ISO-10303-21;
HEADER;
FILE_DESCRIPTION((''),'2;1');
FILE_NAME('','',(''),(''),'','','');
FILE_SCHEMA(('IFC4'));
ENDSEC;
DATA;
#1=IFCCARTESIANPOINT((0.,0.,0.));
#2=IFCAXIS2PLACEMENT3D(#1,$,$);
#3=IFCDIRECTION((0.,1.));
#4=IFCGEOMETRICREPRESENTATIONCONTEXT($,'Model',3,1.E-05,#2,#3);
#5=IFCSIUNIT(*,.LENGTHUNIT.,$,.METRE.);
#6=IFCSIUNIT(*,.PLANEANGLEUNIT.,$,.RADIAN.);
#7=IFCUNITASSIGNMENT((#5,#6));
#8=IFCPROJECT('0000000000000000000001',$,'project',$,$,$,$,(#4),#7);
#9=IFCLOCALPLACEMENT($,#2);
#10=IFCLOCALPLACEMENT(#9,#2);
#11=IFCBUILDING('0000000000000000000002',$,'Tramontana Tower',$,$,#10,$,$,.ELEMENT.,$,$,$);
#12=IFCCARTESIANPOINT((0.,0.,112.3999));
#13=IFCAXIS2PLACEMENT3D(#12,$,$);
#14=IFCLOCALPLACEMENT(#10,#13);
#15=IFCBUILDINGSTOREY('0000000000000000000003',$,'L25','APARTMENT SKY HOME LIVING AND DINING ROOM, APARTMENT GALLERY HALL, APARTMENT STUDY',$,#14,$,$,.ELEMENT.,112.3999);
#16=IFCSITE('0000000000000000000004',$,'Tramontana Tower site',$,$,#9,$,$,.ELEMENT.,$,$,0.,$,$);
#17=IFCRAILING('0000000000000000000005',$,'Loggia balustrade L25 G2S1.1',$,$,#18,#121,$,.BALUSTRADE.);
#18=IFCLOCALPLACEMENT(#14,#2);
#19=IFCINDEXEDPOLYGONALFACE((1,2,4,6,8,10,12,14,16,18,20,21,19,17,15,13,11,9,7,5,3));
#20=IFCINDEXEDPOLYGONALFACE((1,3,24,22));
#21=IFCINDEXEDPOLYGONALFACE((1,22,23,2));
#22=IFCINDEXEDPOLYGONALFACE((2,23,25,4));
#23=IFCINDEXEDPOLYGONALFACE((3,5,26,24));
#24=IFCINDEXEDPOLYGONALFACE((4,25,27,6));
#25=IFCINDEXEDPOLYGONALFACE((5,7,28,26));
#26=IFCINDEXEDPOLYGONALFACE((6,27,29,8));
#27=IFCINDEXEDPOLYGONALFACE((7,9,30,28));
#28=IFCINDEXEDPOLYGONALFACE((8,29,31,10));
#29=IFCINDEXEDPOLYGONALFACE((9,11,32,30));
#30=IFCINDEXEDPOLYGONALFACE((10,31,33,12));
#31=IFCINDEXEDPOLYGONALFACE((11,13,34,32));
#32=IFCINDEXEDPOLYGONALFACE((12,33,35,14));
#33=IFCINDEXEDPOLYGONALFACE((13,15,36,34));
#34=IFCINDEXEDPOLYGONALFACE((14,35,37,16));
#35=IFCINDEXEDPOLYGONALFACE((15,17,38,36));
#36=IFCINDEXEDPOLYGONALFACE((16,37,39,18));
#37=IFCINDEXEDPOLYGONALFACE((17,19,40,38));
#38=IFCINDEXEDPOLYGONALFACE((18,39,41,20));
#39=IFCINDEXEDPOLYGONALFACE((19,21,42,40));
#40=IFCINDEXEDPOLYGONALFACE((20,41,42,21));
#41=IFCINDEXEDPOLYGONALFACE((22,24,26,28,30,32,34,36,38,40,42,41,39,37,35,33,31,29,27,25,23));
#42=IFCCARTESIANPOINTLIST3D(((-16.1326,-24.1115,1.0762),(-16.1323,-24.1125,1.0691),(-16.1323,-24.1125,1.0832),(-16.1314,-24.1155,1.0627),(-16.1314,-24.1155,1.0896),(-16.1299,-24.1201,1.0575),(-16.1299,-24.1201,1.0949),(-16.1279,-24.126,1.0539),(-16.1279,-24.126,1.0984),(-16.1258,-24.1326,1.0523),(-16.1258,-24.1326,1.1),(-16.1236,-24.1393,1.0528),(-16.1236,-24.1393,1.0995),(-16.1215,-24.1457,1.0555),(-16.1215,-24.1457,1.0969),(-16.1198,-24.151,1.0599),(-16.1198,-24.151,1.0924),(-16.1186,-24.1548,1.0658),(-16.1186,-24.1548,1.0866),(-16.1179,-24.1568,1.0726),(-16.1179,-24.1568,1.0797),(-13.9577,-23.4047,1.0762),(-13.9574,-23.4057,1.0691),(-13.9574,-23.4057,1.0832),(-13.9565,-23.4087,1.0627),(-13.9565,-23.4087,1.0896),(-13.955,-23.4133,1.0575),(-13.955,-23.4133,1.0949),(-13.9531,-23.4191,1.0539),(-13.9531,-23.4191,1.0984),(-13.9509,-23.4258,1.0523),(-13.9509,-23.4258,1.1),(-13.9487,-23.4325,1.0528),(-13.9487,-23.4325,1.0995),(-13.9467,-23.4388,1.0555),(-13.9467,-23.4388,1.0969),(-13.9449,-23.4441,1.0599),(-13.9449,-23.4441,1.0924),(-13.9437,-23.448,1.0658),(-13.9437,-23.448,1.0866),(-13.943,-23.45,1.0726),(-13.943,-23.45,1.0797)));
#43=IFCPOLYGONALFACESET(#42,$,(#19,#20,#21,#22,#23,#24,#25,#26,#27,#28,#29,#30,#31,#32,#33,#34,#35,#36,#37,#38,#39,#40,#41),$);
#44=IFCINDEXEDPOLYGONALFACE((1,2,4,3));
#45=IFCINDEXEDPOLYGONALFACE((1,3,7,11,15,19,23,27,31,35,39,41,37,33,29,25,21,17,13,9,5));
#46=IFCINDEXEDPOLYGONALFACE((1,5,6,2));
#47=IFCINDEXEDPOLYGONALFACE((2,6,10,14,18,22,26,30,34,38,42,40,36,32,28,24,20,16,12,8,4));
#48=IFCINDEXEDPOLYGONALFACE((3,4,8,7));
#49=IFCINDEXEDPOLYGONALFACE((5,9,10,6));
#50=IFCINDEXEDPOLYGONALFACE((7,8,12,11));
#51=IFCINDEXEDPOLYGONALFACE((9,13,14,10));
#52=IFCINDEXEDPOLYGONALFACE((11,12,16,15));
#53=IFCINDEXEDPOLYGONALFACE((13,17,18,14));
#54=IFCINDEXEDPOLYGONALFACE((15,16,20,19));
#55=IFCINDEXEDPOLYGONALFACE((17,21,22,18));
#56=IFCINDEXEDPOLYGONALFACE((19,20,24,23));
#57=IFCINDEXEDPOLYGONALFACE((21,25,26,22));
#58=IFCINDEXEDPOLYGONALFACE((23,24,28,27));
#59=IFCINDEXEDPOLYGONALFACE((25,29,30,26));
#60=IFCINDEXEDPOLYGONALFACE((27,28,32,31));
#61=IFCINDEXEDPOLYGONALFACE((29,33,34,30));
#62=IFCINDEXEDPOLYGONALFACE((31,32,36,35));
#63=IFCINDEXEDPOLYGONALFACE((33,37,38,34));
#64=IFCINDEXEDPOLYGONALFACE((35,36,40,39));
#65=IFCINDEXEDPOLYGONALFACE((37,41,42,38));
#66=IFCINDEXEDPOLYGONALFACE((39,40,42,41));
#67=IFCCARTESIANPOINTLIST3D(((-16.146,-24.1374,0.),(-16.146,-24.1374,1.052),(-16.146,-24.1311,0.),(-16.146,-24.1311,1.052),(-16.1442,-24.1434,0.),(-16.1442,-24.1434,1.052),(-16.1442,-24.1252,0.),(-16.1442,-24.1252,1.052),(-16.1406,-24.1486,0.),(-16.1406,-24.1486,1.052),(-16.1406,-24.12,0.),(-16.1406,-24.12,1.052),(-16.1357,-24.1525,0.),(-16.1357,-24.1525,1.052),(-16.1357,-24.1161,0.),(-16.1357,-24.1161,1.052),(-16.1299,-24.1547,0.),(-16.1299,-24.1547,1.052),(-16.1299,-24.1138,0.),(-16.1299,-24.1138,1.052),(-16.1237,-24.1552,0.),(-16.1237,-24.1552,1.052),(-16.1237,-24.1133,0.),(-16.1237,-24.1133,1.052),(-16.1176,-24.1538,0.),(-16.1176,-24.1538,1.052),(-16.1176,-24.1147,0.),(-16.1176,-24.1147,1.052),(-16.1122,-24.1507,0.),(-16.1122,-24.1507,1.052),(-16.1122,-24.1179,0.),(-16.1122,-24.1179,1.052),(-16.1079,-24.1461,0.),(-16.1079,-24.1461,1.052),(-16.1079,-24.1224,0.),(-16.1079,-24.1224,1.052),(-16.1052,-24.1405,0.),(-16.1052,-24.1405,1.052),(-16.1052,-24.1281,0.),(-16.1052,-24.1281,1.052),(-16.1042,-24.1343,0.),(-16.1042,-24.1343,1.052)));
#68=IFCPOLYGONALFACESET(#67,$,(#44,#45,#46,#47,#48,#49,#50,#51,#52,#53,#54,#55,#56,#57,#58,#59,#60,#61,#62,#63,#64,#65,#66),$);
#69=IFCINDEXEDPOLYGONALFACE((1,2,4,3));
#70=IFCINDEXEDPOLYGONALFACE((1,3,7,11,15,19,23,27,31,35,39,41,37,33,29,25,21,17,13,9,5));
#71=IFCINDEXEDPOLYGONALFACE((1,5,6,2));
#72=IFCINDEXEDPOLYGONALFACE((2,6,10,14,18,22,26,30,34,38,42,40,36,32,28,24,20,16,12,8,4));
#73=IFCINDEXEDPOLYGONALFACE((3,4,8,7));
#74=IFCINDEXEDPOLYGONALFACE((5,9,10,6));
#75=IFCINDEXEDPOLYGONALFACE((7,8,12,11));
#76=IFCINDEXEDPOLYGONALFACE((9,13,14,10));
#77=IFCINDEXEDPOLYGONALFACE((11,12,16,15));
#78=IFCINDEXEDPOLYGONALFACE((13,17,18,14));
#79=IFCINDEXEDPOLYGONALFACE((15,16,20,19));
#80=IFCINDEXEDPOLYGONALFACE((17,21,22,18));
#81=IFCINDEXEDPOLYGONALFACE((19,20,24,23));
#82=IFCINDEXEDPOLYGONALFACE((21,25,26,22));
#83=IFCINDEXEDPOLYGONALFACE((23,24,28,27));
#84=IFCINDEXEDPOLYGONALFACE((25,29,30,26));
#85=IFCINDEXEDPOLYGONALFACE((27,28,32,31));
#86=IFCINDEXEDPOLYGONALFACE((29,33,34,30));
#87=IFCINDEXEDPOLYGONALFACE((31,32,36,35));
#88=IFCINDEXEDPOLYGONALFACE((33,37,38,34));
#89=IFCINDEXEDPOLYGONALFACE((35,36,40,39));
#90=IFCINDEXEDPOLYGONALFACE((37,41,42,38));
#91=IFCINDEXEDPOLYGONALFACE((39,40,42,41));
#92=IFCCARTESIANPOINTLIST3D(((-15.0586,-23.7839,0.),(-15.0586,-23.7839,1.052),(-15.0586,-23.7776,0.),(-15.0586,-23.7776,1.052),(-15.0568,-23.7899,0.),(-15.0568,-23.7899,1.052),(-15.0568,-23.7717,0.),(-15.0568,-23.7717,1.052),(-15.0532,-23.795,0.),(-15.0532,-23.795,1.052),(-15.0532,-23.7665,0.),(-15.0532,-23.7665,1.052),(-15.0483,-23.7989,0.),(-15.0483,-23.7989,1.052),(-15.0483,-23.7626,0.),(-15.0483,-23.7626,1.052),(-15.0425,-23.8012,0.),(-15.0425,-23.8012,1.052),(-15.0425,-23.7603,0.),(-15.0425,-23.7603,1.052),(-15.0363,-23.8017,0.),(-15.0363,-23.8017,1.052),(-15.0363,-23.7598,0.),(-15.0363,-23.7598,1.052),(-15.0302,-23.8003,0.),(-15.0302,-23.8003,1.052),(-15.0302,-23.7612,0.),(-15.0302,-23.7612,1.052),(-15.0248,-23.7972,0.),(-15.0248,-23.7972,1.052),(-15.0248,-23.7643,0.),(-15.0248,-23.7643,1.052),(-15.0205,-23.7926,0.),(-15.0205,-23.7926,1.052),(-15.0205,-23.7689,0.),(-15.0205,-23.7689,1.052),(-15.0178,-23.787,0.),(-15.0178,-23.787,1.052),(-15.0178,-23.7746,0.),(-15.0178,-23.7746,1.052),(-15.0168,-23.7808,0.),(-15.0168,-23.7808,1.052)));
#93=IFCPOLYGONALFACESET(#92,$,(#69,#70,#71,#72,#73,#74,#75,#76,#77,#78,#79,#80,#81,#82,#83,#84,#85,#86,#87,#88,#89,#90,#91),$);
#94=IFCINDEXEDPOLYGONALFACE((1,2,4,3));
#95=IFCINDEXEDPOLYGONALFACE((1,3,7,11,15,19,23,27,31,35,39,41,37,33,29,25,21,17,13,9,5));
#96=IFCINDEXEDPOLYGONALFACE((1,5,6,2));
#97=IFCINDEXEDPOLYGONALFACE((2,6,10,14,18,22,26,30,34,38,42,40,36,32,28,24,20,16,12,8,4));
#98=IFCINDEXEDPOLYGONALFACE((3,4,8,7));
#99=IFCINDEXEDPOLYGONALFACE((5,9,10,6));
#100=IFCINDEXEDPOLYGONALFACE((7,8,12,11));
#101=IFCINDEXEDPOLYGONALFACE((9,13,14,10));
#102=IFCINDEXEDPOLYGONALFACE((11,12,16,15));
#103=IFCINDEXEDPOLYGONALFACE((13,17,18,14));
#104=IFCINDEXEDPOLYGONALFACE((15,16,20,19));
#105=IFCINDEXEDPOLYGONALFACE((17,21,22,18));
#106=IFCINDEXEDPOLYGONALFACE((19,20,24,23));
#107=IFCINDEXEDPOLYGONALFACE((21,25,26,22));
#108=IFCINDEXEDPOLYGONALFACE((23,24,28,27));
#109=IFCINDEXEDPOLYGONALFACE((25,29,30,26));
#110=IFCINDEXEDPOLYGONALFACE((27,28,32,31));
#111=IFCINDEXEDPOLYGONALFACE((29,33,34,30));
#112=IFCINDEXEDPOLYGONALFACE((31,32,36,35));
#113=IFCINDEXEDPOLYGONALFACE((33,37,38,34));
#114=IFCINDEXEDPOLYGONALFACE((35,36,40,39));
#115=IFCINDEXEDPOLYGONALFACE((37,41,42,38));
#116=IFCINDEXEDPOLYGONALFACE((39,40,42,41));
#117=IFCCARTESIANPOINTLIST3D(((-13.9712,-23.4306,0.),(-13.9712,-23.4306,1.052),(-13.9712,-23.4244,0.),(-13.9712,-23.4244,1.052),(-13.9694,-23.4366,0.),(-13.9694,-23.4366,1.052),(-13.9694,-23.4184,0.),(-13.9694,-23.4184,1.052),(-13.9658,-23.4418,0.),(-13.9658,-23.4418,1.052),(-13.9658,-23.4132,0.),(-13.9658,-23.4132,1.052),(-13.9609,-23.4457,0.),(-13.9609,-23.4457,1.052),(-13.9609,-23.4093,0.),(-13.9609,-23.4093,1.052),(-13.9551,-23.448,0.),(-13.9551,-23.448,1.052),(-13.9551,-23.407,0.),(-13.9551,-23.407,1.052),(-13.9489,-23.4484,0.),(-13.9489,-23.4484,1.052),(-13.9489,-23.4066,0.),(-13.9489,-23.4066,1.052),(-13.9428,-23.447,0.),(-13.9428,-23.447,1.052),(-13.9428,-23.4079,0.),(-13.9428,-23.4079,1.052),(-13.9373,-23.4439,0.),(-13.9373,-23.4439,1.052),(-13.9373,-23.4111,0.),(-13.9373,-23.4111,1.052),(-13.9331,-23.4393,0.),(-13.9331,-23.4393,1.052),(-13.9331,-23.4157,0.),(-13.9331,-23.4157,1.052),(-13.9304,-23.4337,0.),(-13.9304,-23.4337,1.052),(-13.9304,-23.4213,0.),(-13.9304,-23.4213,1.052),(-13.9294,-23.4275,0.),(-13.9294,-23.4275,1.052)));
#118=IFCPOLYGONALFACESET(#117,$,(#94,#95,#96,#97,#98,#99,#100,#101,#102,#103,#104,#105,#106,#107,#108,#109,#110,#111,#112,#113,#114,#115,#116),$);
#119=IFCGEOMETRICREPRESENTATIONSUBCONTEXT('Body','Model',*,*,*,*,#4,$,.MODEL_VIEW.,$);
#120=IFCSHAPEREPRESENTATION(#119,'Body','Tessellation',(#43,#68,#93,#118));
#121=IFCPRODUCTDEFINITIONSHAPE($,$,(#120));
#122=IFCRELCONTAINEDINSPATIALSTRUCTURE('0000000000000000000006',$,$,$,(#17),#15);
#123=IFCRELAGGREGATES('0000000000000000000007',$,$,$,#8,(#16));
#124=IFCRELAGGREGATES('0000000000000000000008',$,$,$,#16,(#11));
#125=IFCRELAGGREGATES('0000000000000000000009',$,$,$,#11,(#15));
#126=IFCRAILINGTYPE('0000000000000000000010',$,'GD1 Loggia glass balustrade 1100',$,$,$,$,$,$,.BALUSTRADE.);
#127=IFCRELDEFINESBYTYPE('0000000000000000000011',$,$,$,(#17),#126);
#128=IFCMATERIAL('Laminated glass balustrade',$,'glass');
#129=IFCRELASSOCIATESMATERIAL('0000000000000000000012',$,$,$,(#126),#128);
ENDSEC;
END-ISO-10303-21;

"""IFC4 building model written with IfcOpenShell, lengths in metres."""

from ifc_helpers import new_model, si_unit, direction, frame, origin, origin_2d, place, context, subcontext, project, spatial, circle, extrude, material, type_object, element, save


model = new_model("IFC4")

# Units and contexts
model_context = context("Model", 3, precision=1e-05, world=origin(), true_north=direction((0.0, 1.0)))
body_context = subcontext(model_context, "Body", "Model", "MODEL_VIEW")
ifc_project = project(units=[si_unit("LENGTHUNIT", "METRE"), si_unit("PLANEANGLEUNIT", "RADIAN")], contexts=[model_context])

# Site, building, storey
site_placement = place(None, origin())
site = spatial("IfcSite", under=ifc_project, at=site_placement, Name="Tramontana Tower site", CompositionType="ELEMENT", RefElevation=0.0)
building_placement = place(site_placement, origin())
building = spatial("IfcBuilding", under=site, at=building_placement, Name="Tramontana Tower", CompositionType="ELEMENT")
storey_placement = place(building_placement, frame((0.0, 0.0, 112.3999)))
storey = spatial("IfcBuildingStorey", under=building, at=storey_placement, Name="L25", Description="APARTMENT SKY HOME LIVING AND DINING ROOM, APARTMENT GALLERY HALL, APARTMENT STUDY", CompositionType="ELEMENT", Elevation=112.3999)

# Railing
ifc_material_1 = material(Name="Laminated glass balustrade", Category="glass")
railing_type = type_object("IfcRailingType", Name="GD1 Loggia glass balustrade 1100", PredefinedType="BALUSTRADE", material=ifc_material_1)
railing_1_placement = place(storey_placement, frame((-16.1252, -24.1343, 0.0)))
element("IfcRailing", 1, at=railing_1_placement, inside=storey, type_object=railing_type, Name="Loggia balustrade L25 G2S1.1", PredefinedType="BALUSTRADE", context=body_context, shape_type="SweptSolid", body=[
    extrude(circle(Radius=0.0239, at=origin_2d()), frame((0.0, 0.0, 1.0762), z_axis=(0.951037, 0.309076, 0.0), x_axis=(-0.309076, 0.951037, 0.0)), (0.0, 0.0, 1.0), 2.2869),
    extrude(circle(Radius=0.021, at=origin_2d()), origin(), (0.0, 0.0, 1.0), 1.052),
    extrude(circle(Radius=0.021, at=origin_2d()), frame((1.0874, 0.3535, 0.0)), (0.0, 0.0, 1.0), 1.052),
    extrude(circle(Radius=0.021, at=origin_2d()), frame((2.1748, 0.7068, 0.0)), (0.0, 0.0, 1.0), 1.052),
])

save(model, "model.ifc")
